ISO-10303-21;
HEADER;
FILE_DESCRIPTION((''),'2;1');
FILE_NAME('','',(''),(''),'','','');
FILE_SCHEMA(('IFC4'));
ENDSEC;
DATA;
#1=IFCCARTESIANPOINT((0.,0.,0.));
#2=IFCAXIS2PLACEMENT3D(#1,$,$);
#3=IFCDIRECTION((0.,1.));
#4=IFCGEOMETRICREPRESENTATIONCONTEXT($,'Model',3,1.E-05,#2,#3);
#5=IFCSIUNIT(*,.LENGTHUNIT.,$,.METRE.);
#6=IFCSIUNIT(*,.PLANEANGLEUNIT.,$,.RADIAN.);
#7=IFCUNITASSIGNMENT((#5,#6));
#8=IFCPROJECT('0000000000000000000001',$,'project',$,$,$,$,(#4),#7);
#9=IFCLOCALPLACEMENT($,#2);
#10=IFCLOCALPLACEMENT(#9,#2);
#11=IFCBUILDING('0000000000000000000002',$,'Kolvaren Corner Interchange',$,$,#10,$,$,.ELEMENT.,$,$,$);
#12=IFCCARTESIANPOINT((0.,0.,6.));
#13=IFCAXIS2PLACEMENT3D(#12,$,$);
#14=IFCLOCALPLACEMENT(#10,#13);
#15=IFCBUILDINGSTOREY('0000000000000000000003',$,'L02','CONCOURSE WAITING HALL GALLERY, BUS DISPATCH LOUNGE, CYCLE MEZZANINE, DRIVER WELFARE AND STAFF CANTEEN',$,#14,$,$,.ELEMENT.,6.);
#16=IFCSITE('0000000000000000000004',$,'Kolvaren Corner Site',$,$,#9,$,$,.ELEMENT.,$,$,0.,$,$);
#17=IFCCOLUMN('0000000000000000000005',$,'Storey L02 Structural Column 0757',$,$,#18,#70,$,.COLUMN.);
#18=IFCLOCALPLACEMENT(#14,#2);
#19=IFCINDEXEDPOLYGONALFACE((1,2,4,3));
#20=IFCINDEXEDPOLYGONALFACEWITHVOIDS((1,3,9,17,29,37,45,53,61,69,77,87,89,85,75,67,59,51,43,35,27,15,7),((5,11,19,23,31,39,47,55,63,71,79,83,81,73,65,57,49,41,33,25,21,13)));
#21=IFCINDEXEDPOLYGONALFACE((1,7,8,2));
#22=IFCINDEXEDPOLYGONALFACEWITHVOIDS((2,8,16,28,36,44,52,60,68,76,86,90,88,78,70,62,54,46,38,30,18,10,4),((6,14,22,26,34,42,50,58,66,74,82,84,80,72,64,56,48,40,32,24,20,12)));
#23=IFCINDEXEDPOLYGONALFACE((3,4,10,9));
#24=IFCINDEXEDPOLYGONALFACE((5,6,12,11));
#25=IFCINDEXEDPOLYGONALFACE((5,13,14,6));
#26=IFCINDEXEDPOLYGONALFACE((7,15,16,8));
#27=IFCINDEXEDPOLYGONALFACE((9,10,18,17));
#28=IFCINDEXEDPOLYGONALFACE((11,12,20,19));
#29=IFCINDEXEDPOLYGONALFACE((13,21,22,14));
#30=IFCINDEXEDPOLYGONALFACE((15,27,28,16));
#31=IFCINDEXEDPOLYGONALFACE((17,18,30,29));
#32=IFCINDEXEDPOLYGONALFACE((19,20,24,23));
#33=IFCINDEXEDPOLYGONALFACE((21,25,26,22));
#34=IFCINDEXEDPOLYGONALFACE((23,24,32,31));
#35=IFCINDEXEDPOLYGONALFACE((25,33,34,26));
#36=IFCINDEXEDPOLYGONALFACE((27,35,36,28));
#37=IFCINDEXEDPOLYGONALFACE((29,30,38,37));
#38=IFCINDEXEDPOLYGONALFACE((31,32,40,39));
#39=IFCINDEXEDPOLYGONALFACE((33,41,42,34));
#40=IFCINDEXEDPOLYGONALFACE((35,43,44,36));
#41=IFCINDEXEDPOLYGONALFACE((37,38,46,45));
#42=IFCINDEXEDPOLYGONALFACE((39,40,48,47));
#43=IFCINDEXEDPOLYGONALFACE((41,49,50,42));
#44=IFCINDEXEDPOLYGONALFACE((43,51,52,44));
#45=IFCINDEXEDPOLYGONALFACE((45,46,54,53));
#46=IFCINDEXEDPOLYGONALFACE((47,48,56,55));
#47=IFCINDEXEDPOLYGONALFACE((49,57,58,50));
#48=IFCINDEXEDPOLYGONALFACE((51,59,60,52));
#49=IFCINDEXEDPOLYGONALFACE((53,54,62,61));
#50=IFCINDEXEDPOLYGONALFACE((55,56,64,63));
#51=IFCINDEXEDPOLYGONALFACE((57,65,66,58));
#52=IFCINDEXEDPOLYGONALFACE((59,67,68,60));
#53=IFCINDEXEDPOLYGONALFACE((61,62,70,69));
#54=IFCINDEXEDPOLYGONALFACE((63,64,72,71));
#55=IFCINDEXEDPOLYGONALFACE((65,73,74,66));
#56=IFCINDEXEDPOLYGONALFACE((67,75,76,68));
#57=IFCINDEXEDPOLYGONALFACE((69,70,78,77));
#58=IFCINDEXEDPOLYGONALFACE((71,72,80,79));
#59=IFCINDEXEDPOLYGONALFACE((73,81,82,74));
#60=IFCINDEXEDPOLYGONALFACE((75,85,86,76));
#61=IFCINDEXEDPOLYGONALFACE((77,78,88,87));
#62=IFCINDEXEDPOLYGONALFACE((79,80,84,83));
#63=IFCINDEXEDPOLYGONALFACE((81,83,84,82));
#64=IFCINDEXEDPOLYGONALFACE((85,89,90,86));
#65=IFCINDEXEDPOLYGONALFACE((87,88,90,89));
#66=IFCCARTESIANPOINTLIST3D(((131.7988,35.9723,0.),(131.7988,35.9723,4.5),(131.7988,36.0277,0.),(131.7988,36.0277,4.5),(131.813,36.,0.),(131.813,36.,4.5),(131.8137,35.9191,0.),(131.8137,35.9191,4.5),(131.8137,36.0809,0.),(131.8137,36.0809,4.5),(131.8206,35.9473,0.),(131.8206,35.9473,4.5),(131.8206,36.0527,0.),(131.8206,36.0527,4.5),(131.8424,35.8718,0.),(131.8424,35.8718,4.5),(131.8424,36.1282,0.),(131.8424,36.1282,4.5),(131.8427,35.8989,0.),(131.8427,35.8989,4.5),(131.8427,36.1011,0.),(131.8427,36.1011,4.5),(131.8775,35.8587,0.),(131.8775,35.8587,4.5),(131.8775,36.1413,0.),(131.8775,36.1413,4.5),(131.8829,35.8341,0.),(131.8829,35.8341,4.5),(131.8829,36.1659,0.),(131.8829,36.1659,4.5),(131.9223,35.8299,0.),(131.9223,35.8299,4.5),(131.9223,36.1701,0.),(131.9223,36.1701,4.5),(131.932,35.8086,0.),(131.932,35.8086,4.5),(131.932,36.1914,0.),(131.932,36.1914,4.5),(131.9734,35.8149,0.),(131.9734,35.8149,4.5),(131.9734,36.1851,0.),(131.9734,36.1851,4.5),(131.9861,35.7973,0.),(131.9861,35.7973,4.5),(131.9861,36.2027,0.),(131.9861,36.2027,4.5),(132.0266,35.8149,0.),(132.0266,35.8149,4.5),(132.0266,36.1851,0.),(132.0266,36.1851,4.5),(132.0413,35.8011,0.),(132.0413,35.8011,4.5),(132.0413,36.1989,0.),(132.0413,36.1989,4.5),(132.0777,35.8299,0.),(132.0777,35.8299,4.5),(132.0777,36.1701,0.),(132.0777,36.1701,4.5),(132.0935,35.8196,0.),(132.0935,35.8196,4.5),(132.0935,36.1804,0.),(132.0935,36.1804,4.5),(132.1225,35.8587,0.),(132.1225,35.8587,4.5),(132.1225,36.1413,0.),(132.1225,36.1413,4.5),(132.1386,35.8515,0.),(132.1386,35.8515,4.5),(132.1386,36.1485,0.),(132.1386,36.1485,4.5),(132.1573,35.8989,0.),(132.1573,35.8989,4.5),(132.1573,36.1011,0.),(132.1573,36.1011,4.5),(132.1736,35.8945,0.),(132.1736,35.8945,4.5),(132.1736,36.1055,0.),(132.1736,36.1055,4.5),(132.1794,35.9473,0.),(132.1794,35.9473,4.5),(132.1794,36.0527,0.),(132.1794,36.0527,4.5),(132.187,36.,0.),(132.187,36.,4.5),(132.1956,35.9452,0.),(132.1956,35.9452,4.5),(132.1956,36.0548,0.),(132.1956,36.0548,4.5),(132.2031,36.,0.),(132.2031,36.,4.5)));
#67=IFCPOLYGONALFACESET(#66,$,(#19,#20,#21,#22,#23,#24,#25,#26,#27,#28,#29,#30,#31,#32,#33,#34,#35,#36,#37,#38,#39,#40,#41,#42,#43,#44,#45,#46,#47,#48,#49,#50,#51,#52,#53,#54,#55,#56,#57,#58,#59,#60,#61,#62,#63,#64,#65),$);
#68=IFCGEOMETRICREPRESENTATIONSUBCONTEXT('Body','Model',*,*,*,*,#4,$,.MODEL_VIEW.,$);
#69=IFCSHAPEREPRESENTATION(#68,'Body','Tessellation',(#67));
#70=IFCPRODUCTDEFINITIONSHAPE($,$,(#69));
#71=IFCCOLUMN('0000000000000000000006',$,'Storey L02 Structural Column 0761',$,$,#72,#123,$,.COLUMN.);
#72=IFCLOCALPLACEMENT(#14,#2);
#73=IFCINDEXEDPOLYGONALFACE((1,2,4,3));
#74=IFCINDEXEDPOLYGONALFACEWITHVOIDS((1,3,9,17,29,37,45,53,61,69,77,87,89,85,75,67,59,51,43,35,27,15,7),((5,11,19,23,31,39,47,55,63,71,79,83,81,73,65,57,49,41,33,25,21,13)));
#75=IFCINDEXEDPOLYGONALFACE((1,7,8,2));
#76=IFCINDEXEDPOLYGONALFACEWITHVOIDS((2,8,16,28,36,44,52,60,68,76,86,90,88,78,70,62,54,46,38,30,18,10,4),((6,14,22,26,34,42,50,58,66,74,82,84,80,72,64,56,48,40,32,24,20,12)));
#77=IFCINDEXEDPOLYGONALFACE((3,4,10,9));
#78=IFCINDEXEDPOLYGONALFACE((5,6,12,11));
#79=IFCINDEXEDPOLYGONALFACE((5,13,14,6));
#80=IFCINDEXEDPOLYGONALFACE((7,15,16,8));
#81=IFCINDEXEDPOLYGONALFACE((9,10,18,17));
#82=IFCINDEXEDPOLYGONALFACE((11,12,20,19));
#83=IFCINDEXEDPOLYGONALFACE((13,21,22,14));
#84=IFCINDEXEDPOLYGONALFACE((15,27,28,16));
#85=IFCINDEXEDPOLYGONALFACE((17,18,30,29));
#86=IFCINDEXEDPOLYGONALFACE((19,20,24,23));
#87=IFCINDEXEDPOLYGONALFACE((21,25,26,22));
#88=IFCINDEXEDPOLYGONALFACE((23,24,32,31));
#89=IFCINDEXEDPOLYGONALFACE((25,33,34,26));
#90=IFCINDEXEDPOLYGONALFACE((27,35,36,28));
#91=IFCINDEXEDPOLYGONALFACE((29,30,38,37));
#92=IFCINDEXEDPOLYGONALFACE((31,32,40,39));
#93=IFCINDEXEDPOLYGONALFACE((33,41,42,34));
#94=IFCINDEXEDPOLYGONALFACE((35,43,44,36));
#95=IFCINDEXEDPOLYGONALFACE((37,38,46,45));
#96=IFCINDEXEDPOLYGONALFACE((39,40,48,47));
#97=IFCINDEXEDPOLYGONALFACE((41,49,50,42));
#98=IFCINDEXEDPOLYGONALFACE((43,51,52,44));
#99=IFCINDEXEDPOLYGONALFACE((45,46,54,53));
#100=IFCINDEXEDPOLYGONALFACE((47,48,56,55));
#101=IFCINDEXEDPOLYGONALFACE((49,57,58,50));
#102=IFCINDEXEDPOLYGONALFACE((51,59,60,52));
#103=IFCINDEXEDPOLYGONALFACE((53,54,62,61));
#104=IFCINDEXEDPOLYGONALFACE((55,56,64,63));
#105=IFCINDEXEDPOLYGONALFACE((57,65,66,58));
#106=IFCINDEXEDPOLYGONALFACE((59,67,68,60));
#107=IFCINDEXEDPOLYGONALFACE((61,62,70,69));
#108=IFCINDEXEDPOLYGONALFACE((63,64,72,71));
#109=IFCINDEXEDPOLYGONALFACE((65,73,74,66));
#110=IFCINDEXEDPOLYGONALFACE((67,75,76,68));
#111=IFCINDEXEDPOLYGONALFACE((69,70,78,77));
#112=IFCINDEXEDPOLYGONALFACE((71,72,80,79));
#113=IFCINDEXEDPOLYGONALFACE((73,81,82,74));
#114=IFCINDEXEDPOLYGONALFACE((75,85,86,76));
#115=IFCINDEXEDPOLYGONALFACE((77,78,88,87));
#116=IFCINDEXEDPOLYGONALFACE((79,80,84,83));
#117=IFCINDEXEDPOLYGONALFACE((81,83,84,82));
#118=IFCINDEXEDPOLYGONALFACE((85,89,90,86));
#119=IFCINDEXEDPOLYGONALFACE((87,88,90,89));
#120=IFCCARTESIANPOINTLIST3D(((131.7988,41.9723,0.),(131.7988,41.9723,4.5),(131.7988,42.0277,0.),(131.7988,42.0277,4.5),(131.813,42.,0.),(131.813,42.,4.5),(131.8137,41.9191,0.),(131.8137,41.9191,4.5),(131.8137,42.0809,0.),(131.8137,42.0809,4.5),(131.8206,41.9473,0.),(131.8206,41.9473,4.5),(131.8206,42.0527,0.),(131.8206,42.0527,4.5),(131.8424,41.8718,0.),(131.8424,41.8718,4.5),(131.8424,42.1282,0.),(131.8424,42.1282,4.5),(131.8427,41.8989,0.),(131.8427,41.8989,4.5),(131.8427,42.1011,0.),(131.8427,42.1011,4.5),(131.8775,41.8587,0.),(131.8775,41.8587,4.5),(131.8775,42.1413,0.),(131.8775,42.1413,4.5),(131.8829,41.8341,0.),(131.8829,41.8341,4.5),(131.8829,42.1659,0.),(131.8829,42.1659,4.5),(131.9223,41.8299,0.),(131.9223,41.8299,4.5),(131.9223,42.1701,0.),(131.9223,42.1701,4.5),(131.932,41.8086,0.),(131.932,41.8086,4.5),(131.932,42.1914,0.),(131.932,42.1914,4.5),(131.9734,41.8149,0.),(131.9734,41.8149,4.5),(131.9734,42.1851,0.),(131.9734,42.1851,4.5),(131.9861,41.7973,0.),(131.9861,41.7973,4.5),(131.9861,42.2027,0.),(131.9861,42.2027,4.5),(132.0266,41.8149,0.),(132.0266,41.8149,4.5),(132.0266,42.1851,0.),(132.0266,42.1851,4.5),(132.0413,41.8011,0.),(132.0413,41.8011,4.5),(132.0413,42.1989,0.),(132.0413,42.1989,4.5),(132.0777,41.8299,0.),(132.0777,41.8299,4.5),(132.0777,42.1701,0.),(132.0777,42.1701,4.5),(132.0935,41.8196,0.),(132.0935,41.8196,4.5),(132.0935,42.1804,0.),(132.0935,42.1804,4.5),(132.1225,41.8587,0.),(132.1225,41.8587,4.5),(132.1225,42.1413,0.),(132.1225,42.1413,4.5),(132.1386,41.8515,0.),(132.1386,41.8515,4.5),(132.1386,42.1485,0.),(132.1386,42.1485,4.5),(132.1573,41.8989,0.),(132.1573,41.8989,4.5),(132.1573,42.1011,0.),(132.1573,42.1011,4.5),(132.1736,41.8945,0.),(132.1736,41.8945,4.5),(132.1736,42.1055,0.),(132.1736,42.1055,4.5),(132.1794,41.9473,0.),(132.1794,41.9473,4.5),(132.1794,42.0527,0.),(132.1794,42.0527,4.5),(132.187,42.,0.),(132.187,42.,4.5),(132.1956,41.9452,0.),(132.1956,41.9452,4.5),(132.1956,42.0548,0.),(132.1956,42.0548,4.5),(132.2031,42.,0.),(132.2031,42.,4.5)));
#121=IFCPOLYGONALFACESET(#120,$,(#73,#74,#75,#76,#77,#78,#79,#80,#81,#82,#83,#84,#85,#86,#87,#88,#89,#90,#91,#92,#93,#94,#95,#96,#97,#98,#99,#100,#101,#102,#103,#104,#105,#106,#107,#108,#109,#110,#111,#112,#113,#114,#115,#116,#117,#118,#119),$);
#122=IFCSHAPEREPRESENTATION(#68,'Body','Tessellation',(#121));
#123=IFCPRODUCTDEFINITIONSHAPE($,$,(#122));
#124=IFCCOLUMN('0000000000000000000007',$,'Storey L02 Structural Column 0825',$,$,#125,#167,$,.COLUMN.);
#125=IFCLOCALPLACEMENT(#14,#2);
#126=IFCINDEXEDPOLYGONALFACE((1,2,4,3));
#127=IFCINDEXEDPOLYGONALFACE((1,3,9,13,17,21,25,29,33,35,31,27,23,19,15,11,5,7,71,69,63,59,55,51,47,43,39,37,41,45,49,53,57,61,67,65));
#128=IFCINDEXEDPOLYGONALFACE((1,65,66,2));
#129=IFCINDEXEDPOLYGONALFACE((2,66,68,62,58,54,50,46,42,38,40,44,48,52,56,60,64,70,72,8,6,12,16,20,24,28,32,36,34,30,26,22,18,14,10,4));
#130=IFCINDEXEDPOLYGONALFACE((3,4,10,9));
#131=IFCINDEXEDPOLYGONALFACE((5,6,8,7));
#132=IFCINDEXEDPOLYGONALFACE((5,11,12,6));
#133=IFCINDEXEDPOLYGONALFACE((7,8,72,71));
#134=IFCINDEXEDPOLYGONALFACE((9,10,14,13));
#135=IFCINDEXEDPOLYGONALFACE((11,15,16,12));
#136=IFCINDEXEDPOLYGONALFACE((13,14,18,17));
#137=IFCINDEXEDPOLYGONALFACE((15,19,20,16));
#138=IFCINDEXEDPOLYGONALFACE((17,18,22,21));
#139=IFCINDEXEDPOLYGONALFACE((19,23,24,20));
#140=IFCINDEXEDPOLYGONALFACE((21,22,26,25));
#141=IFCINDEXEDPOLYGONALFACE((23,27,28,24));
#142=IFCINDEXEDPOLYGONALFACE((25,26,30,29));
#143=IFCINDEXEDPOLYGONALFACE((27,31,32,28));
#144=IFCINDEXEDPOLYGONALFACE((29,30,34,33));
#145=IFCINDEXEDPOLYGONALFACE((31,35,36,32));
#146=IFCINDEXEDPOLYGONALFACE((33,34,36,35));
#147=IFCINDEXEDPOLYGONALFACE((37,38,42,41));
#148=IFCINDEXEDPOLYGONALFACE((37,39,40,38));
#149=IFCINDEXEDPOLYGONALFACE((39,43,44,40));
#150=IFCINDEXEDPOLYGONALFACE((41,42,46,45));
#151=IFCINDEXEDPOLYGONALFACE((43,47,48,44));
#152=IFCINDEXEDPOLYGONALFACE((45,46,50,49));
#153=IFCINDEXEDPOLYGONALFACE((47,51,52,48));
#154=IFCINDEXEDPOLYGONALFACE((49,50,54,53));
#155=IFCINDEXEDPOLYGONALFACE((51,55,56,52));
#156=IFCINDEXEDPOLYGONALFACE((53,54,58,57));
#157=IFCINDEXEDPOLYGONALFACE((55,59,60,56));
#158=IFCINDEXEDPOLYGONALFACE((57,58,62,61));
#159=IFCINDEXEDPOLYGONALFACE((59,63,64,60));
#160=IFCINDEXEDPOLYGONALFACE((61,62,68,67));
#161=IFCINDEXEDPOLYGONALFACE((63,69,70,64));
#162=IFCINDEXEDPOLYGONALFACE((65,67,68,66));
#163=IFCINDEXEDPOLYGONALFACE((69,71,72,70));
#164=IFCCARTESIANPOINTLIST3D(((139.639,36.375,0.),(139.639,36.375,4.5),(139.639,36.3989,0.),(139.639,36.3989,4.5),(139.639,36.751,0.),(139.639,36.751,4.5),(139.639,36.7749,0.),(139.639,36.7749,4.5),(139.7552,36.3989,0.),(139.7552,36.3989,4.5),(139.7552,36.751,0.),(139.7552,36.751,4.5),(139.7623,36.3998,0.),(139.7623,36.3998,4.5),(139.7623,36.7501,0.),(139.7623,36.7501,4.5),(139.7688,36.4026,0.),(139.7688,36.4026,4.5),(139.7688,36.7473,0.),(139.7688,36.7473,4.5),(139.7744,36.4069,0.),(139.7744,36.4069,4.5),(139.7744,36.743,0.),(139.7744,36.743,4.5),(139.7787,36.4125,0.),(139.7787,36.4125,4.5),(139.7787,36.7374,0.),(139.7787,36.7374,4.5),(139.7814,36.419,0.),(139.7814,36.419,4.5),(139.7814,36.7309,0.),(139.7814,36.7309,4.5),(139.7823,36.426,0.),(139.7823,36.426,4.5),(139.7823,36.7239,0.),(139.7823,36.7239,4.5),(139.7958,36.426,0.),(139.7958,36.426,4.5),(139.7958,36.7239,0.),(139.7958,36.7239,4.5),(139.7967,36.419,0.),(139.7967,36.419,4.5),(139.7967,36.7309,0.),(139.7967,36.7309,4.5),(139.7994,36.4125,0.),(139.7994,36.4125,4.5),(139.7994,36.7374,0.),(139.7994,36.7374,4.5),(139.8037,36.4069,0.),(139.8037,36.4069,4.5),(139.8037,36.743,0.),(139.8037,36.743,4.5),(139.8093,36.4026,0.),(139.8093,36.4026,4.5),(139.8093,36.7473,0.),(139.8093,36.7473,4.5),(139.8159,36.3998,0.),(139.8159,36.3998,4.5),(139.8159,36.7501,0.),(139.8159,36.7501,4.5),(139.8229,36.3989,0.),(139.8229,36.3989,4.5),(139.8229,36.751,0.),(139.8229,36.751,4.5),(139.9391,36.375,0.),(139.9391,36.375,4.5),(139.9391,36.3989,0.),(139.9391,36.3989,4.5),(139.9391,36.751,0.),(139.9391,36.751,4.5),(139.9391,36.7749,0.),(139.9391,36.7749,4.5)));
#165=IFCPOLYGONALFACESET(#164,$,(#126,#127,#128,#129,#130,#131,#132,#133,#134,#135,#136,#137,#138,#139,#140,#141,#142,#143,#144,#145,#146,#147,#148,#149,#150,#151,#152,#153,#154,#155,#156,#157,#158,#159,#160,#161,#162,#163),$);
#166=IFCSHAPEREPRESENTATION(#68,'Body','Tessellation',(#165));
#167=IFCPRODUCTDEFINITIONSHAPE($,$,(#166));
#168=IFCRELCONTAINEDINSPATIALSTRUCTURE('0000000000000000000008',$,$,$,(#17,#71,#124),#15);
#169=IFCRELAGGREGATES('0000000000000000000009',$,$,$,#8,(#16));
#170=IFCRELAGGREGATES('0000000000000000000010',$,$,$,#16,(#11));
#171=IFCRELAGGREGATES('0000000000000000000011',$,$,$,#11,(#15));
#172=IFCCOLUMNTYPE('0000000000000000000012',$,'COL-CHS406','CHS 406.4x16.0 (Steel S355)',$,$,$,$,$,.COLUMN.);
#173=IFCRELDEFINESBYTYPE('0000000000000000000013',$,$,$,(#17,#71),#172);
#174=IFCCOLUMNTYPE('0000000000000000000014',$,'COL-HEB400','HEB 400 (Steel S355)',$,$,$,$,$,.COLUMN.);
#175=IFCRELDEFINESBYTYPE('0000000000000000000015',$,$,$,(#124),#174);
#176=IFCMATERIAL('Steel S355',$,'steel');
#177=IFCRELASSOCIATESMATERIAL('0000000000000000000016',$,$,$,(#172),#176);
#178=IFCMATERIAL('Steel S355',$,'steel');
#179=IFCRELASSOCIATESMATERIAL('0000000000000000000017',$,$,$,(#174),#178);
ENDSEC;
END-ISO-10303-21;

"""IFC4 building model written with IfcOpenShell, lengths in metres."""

from ifc_helpers import new_model, si_unit, direction, frame, origin, origin_2d, place, context, subcontext, project, spatial, hollow_circle, i_section, extrude, material, material_profile, profile_set, type_object, element, save


model = new_model("IFC4")

# Units and contexts
model_context = context("Model", 3, precision=1e-05, world=origin(), true_north=direction((0.0, 1.0)))
body_context = subcontext(model_context, "Body", "Model", "MODEL_VIEW")
ifc_project = project(units=[si_unit("LENGTHUNIT", "METRE"), si_unit("PLANEANGLEUNIT", "RADIAN")], contexts=[model_context])

# Site, building, storey
site_placement = place(None, origin())
site = spatial("IfcSite", under=ifc_project, at=site_placement, Name="Kolvaren Corner Site", CompositionType="ELEMENT", RefElevation=0.0)
building_placement = place(site_placement, origin())
building = spatial("IfcBuilding", under=site, at=building_placement, Name="Kolvaren Corner Interchange", CompositionType="ELEMENT")
storey_placement = place(building_placement, frame((0.0, 0.0, 6.0)))
storey = spatial("IfcBuildingStorey", under=building, at=storey_placement, Name="L02", Description="CONCOURSE WAITING HALL GALLERY, BUS DISPATCH LOUNGE, CYCLE MEZZANINE, DRIVER WELFARE AND STAFF CANTEEN", CompositionType="ELEMENT", Elevation=6.0)

# Columns
ifc_material_1 = material(Name="Steel S355", Category="steel")
ifc_material_profile_1 = material_profile(ifc_material_1, hollow_circle(Radius=0.2031, WallThickness=0.0161, at=origin_2d()), Name="CHS 406.4x16.0")
ifc_profile_set_1 = profile_set([ifc_material_profile_1], Name="Steel S355")
column_type_1 = type_object("IfcColumnType", Name="COL-CHS406", Description="CHS 406.4x16.0 (Steel S355)", PredefinedType="COLUMN", material=ifc_profile_set_1)
for number, where, z_axis, x_axis, name in (
    (1, (132.0, 36.0, 0.0), (0.0, 0.0, 1.0), (1.0, 0.0, 0.0), "Storey L02 Structural Column 0757"),
    (2, (132.0, 42.0, 0.0), (0.0, 0.0, 1.0), (1.0, 0.0, 0.0), "Storey L02 Structural Column 0761"),
):
    element("IfcColumn", number, at=place(storey_placement, frame(where, z_axis=z_axis, x_axis=x_axis)), inside=storey, type_object=column_type_1, Name=name, PredefinedType="COLUMN", context=body_context, shape_type="SweptSolid", body=[
        extrude(hollow_circle(Radius=0.2031, WallThickness=0.0161, at=origin_2d()), origin(), (0.0, 0.0, 1.0), 4.5),
    ])
ifc_material_2 = material(Name="Steel S355", Category="steel")
ifc_material_profile_2 = material_profile(ifc_material_2, i_section(OverallWidth=0.3, OverallDepth=0.3999, WebThickness=0.0134, FlangeThickness=0.0239, FilletRadius=0.0271, at=origin_2d()), Name="HEB 400")
ifc_profile_set_2 = profile_set([ifc_material_profile_2], Name="Steel S355")
column_type_2 = type_object("IfcColumnType", Name="COL-HEB400", Description="HEB 400 (Steel S355)", PredefinedType="COLUMN", material=ifc_profile_set_2)
column_placement = place(storey_placement, frame((139.7891, 36.575, 0.0), z_axis=(0.0, 0.0, 1.0), x_axis=(1.0, 0.0, 0.0)))
element("IfcColumn", 3, at=column_placement, inside=storey, type_object=column_type_2, Name="Storey L02 Structural Column 0825", PredefinedType="COLUMN", context=body_context, shape_type="SweptSolid", body=[
    extrude(i_section(OverallWidth=0.3, OverallDepth=0.3999, WebThickness=0.0134, FlangeThickness=0.0239, FilletRadius=0.0271, at=origin_2d()), origin(), (0.0, 0.0, 1.0), 4.5),
])

save(model, "model.ifc")
